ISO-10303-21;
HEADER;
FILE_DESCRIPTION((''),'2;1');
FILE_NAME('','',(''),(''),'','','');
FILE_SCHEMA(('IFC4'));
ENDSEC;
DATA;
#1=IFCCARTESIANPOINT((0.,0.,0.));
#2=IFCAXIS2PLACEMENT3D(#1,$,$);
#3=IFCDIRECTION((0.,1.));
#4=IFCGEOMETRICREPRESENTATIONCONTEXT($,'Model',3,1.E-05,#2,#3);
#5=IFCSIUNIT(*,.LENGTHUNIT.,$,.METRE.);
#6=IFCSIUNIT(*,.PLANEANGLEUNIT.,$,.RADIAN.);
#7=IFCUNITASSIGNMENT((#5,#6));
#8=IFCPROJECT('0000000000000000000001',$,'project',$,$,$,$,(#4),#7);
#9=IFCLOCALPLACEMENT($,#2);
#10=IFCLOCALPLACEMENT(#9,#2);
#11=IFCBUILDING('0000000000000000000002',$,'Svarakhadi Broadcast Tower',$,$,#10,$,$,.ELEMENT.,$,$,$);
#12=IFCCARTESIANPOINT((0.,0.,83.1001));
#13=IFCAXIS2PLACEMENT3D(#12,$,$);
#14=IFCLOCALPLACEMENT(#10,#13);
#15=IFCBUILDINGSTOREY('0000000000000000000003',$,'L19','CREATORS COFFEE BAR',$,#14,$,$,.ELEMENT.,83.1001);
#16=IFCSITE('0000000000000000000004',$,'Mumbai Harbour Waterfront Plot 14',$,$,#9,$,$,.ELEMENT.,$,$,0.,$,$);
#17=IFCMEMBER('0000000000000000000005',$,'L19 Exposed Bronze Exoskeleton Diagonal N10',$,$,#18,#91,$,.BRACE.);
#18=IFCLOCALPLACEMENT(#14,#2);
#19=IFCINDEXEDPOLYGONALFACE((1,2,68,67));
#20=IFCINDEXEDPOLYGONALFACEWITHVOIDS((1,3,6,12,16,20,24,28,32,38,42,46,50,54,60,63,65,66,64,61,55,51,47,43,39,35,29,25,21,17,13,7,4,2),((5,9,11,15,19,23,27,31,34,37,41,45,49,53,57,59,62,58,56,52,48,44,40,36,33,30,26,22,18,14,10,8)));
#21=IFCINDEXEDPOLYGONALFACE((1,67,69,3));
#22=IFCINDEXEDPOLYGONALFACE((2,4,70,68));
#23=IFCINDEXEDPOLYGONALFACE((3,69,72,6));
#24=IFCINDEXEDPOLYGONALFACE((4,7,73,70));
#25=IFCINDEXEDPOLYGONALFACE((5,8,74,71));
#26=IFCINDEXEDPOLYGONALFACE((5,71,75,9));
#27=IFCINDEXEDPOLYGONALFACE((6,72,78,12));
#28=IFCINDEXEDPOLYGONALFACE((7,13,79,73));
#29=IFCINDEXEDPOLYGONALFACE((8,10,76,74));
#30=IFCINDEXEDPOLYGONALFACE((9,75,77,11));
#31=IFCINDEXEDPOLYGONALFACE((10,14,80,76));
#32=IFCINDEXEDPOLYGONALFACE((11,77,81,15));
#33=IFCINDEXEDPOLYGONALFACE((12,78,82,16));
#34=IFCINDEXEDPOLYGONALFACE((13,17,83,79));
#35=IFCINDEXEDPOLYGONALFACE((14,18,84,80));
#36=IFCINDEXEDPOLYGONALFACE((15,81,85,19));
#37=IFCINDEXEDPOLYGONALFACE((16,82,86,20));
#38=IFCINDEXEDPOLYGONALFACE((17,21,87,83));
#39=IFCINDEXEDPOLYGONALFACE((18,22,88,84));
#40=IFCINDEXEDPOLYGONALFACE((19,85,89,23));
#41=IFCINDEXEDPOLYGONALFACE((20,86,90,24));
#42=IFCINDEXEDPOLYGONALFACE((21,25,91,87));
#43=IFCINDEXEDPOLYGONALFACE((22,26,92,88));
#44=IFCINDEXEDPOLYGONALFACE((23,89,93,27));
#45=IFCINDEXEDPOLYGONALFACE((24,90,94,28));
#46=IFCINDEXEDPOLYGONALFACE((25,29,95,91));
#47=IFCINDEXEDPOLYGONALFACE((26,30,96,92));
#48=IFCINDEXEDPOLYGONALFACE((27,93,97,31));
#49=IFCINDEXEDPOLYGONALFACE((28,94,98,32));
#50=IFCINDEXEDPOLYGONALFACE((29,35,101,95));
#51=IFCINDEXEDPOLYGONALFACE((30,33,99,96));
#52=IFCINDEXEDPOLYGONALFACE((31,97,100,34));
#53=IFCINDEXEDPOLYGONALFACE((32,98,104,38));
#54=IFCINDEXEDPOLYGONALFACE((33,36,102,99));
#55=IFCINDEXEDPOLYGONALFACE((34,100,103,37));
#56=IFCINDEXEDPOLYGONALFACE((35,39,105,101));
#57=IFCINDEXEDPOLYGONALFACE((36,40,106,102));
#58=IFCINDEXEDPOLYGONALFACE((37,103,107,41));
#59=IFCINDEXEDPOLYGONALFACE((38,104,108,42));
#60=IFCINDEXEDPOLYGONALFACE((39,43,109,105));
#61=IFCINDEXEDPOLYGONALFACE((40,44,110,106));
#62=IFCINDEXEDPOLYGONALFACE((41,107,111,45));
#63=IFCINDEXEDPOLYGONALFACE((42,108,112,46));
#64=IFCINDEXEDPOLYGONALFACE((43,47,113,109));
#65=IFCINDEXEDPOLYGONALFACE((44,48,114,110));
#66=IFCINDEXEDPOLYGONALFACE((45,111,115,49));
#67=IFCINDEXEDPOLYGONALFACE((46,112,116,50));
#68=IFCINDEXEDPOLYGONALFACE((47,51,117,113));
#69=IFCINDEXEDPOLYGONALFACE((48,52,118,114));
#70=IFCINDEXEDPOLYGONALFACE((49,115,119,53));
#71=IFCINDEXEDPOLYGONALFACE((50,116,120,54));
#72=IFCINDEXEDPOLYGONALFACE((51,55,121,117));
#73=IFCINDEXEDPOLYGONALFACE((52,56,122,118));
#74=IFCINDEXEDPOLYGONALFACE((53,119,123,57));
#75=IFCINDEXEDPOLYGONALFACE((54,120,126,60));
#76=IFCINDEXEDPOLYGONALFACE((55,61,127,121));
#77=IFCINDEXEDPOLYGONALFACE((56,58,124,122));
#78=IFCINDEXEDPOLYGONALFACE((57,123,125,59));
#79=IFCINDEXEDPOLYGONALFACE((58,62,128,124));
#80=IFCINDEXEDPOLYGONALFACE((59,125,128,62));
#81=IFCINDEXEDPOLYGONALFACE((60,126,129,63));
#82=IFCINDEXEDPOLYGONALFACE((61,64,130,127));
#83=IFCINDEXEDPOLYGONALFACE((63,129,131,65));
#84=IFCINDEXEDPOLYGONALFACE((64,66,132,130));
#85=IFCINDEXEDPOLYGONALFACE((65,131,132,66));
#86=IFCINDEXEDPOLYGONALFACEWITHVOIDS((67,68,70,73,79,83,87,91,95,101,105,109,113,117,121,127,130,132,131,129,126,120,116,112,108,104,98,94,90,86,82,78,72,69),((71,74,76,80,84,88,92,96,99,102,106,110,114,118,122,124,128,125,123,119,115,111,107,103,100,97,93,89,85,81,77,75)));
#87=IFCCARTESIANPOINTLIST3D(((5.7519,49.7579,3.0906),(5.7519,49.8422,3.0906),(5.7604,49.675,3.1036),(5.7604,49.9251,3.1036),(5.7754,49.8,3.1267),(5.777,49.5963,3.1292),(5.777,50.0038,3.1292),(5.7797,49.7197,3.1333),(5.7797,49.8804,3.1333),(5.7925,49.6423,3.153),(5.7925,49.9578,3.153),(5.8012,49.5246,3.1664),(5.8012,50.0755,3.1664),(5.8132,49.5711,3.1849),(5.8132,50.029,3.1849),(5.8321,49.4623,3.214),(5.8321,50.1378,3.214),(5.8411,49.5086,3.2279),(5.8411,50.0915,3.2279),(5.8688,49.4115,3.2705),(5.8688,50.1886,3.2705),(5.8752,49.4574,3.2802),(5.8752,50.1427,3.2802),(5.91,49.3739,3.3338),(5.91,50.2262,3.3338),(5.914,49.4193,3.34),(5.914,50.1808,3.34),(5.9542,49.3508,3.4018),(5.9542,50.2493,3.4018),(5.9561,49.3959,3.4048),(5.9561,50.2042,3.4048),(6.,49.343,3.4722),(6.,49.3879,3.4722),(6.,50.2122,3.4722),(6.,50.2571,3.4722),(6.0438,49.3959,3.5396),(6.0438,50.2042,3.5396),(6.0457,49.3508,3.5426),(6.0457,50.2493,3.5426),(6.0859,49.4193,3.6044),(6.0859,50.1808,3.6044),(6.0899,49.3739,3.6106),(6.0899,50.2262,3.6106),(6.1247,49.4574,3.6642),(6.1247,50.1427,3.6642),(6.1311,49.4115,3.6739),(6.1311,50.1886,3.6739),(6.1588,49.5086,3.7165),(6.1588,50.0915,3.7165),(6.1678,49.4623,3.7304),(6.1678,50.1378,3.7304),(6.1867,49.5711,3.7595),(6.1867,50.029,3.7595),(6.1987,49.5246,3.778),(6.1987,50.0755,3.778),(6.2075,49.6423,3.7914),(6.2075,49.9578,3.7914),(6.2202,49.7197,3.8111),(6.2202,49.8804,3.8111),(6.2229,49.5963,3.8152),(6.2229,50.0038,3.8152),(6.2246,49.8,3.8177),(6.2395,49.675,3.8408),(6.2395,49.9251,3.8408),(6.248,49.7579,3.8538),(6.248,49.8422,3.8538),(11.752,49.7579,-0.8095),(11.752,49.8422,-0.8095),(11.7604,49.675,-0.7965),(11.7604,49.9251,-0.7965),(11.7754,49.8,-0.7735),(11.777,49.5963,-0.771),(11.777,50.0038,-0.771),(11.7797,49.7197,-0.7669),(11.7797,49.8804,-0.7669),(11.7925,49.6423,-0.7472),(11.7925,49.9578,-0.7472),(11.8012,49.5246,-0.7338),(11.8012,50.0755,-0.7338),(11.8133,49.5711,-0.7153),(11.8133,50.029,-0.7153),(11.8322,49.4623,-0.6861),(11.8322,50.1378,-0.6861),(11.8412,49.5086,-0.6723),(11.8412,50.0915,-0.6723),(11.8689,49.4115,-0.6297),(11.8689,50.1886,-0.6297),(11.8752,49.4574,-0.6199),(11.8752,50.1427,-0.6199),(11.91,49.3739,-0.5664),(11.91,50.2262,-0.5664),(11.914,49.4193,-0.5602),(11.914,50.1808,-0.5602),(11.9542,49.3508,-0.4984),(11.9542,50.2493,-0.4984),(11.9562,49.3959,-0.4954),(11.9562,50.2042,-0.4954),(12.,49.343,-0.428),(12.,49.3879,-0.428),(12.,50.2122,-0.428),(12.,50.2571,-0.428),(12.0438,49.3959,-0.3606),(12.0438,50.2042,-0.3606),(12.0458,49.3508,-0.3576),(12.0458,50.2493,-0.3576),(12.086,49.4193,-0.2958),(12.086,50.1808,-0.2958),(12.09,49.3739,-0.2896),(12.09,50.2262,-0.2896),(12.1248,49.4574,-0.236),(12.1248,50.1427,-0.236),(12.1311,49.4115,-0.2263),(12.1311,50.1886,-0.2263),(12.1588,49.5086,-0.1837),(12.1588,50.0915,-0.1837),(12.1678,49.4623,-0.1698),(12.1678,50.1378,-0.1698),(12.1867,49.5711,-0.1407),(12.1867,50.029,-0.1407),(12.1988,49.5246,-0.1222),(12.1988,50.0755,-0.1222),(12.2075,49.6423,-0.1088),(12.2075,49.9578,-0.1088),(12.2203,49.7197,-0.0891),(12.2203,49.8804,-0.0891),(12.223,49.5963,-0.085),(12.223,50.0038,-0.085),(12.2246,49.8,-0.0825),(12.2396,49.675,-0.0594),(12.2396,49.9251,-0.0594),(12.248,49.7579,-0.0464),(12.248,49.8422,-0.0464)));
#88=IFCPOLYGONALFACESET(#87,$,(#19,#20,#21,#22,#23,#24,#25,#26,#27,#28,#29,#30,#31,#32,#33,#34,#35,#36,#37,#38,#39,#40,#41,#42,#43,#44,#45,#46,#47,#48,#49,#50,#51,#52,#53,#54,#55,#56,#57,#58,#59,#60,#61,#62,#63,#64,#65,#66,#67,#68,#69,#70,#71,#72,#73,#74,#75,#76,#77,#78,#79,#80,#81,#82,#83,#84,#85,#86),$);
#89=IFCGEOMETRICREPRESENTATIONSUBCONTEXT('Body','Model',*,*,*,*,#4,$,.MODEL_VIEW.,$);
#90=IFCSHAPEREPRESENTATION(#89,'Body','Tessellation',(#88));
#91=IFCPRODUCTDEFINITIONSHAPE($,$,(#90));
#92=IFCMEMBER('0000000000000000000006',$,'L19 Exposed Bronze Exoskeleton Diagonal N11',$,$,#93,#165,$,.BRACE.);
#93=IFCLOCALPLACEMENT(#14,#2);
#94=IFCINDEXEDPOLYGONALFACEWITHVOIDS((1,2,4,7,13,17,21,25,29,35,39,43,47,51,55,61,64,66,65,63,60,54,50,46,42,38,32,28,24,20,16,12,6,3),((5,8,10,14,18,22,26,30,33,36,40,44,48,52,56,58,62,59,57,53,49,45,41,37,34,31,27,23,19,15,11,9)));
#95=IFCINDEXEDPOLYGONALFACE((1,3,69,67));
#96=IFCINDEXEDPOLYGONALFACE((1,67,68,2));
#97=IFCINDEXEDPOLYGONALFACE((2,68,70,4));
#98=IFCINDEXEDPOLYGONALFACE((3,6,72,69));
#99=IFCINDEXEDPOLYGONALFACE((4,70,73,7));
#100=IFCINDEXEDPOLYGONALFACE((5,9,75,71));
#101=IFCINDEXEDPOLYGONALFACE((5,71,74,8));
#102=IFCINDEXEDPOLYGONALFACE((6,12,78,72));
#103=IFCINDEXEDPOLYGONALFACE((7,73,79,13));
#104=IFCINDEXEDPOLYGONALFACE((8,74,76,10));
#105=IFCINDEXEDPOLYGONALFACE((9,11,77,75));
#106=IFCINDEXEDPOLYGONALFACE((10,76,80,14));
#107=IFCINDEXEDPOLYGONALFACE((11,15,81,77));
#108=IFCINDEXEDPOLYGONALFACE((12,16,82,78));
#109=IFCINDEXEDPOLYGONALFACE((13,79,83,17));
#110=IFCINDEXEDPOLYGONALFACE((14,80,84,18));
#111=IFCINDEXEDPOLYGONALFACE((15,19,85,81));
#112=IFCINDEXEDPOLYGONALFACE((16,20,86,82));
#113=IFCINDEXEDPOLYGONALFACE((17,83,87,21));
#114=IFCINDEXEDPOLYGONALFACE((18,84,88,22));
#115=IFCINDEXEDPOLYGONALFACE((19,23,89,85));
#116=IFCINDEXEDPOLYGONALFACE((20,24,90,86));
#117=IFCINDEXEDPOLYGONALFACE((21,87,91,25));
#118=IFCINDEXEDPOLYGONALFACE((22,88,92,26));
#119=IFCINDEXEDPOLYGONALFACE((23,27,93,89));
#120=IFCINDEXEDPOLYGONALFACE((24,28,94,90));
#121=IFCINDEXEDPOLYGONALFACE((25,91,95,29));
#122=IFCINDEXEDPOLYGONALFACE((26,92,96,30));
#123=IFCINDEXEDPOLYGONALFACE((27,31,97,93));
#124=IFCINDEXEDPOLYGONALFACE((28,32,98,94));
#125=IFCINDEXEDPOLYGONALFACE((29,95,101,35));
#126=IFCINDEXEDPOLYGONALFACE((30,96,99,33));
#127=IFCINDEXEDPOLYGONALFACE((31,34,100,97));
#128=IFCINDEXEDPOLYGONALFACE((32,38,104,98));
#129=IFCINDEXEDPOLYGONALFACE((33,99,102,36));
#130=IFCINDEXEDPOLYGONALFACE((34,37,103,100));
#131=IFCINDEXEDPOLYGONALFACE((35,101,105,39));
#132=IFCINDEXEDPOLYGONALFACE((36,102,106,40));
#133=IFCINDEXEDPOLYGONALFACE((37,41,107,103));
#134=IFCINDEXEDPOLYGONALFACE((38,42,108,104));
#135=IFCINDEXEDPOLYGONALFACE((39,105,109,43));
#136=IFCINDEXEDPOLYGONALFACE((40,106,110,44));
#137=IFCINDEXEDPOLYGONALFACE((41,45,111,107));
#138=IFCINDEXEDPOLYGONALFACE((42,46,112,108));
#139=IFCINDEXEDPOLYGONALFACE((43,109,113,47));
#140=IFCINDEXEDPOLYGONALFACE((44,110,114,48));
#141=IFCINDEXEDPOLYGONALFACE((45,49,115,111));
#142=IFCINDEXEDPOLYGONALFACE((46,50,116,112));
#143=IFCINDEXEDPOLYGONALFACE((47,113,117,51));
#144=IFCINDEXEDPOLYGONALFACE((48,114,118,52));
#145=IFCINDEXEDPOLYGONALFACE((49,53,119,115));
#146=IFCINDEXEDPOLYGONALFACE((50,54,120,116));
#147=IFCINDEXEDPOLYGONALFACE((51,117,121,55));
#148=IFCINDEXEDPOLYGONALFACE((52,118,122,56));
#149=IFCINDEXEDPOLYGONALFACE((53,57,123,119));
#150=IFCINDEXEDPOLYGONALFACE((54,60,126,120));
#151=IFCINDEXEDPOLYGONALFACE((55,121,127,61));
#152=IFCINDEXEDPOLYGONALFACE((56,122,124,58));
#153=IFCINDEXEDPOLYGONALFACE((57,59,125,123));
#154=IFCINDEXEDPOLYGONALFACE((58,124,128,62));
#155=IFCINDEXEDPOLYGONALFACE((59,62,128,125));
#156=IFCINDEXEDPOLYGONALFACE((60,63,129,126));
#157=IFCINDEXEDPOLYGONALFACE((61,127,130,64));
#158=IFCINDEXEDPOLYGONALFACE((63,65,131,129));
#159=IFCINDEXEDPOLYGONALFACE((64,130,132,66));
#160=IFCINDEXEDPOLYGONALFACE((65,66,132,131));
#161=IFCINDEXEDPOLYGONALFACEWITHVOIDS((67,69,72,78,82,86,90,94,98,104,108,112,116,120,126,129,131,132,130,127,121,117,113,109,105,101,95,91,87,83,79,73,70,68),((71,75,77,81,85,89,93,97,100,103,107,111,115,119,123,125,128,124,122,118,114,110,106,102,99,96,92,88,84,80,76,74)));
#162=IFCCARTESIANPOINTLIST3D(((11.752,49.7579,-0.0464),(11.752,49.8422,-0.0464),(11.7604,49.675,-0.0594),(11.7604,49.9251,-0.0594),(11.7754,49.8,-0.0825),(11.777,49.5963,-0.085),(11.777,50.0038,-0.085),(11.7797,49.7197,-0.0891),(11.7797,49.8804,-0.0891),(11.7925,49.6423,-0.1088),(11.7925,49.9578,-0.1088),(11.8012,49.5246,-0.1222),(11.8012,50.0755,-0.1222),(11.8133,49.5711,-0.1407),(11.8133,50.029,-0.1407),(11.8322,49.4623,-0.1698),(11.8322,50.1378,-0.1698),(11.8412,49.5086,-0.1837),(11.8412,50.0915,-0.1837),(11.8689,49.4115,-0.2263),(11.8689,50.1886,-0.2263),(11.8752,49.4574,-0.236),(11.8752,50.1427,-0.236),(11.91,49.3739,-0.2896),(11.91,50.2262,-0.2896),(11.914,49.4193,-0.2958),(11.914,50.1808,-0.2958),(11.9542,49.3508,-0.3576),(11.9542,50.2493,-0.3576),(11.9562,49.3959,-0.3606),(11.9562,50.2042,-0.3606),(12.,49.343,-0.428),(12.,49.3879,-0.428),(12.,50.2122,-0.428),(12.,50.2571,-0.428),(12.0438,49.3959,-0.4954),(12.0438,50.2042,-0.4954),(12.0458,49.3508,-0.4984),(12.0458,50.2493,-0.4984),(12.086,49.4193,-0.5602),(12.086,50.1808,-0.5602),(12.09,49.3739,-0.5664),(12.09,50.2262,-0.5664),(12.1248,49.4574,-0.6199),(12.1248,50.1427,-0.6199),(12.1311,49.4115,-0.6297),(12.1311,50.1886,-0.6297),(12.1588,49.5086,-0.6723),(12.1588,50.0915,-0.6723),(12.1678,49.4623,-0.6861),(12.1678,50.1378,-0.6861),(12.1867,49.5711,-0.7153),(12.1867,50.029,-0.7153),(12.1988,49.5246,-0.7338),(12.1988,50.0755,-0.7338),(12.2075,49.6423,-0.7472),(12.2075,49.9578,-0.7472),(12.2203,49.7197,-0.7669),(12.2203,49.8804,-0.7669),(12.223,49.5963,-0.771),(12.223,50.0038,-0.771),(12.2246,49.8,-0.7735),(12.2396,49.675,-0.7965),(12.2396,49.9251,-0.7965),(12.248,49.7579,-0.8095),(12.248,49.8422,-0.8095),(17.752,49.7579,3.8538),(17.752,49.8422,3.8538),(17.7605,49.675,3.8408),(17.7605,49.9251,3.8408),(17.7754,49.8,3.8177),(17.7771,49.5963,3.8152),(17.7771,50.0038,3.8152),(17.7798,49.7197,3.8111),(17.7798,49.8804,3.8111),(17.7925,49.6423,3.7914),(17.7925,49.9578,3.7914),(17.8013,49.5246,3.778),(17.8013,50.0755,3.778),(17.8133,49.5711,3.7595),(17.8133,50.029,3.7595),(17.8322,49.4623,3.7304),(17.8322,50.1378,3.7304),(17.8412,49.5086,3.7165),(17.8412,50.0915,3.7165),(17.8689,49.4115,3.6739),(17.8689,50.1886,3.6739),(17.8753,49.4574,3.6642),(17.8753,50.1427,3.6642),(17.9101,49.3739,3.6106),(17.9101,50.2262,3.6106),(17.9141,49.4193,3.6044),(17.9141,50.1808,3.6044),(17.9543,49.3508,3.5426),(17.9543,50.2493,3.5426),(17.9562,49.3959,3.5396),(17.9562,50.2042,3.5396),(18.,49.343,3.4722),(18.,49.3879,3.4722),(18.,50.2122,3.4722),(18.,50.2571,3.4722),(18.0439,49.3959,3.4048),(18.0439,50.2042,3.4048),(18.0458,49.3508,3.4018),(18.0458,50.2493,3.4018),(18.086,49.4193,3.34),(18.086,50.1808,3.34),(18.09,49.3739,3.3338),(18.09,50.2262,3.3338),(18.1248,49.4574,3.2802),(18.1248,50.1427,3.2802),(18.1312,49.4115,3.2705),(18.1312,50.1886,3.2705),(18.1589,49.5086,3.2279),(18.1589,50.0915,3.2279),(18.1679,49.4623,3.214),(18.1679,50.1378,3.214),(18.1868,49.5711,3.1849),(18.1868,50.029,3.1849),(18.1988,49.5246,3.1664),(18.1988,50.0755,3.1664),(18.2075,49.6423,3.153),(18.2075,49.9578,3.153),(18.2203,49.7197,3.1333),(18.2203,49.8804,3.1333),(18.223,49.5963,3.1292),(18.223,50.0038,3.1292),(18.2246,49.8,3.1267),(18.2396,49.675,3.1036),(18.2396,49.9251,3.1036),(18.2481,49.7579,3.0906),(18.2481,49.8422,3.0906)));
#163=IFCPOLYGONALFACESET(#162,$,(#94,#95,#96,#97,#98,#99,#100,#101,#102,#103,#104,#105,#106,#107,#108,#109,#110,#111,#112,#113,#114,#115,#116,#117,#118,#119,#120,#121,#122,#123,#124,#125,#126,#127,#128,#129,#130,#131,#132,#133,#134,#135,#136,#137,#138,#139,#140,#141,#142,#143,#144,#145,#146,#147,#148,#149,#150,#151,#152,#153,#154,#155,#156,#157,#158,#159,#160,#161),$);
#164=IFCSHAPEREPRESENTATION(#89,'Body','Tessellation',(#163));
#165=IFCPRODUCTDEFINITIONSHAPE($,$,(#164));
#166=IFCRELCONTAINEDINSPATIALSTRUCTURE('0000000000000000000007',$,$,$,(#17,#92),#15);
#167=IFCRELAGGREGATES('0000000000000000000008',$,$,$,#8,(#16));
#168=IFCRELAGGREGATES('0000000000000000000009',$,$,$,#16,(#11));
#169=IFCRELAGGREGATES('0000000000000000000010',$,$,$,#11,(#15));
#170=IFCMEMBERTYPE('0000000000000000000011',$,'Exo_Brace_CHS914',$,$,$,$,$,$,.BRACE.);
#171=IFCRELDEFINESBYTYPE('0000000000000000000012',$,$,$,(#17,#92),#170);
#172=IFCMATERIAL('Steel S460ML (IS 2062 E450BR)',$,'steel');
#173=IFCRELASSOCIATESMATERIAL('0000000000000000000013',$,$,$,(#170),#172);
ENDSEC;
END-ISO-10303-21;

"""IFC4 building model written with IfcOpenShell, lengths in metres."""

from ifc_helpers import new_model, si_unit, direction, frame, origin, origin_2d, place, context, subcontext, project, spatial, hollow_circle, extrude, material, material_profile, profile_set, type_object, element, save


model = new_model("IFC4")

# Units and contexts
model_context = context("Model", 3, precision=1e-05, world=origin(), true_north=direction((0.0, 1.0)))
body_context = subcontext(model_context, "Body", "Model", "MODEL_VIEW")
ifc_project = project(units=[si_unit("LENGTHUNIT", "METRE"), si_unit("PLANEANGLEUNIT", "RADIAN")], contexts=[model_context])

# Site, building, storey
site_placement = place(None, origin())
site = spatial("IfcSite", under=ifc_project, at=site_placement, Name="Mumbai Harbour Waterfront Plot 14", CompositionType="ELEMENT", RefElevation=0.0)
building_placement = place(site_placement, origin())
building = spatial("IfcBuilding", under=site, at=building_placement, Name="Svarakhadi Broadcast Tower", CompositionType="ELEMENT")
storey_placement = place(building_placement, frame((0.0, 0.0, 83.1001)))
storey = spatial("IfcBuildingStorey", under=building, at=storey_placement, Name="L19", Description="CREATORS COFFEE BAR", CompositionType="ELEMENT", Elevation=83.1001)

# Shared definitions
ifc_material_1 = material(Name="Steel S460ML (IS 2062 E450BR)", Category="steel")

# Members
ifc_material_profile_1 = material_profile(ifc_material_1, hollow_circle(Radius=0.457, WallThickness=0.0449, at=origin_2d()), Name="CHS 914x45")
ifc_profile_set_1 = profile_set([ifc_material_profile_1], Name="Steel S460ML (IS 2062 E450BR)")
member_type_1 = type_object("IfcMemberType", Name="Exo_Brace_CHS914", PredefinedType="BRACE", material=ifc_profile_set_1)
for number, where, z_axis, x_axis, name in (
    (1, (12.0, 49.8, -0.428), (-0.838434, 0.0, 0.545003), (0.0, -1.0, 0.0), "L19 Exposed Bronze Exoskeleton Diagonal N10"),
    (2, (12.0, 49.8, -0.428), (0.838434, 0.0, 0.545003), (0.0, 1.0, 0.0), "L19 Exposed Bronze Exoskeleton Diagonal N11"),
):
    element("IfcMember", number, at=place(storey_placement, frame(where, z_axis=z_axis, x_axis=x_axis)), inside=storey, type_object=member_type_1, Name=name, PredefinedType="BRACE", context=body_context, shape_type="SweptSolid", body=[
        extrude(hollow_circle(Radius=0.457, WallThickness=0.0449, at=origin_2d()), origin(), (0.0, 0.0, 1.0), 7.1562),
    ])

save(model, "model.ifc")
